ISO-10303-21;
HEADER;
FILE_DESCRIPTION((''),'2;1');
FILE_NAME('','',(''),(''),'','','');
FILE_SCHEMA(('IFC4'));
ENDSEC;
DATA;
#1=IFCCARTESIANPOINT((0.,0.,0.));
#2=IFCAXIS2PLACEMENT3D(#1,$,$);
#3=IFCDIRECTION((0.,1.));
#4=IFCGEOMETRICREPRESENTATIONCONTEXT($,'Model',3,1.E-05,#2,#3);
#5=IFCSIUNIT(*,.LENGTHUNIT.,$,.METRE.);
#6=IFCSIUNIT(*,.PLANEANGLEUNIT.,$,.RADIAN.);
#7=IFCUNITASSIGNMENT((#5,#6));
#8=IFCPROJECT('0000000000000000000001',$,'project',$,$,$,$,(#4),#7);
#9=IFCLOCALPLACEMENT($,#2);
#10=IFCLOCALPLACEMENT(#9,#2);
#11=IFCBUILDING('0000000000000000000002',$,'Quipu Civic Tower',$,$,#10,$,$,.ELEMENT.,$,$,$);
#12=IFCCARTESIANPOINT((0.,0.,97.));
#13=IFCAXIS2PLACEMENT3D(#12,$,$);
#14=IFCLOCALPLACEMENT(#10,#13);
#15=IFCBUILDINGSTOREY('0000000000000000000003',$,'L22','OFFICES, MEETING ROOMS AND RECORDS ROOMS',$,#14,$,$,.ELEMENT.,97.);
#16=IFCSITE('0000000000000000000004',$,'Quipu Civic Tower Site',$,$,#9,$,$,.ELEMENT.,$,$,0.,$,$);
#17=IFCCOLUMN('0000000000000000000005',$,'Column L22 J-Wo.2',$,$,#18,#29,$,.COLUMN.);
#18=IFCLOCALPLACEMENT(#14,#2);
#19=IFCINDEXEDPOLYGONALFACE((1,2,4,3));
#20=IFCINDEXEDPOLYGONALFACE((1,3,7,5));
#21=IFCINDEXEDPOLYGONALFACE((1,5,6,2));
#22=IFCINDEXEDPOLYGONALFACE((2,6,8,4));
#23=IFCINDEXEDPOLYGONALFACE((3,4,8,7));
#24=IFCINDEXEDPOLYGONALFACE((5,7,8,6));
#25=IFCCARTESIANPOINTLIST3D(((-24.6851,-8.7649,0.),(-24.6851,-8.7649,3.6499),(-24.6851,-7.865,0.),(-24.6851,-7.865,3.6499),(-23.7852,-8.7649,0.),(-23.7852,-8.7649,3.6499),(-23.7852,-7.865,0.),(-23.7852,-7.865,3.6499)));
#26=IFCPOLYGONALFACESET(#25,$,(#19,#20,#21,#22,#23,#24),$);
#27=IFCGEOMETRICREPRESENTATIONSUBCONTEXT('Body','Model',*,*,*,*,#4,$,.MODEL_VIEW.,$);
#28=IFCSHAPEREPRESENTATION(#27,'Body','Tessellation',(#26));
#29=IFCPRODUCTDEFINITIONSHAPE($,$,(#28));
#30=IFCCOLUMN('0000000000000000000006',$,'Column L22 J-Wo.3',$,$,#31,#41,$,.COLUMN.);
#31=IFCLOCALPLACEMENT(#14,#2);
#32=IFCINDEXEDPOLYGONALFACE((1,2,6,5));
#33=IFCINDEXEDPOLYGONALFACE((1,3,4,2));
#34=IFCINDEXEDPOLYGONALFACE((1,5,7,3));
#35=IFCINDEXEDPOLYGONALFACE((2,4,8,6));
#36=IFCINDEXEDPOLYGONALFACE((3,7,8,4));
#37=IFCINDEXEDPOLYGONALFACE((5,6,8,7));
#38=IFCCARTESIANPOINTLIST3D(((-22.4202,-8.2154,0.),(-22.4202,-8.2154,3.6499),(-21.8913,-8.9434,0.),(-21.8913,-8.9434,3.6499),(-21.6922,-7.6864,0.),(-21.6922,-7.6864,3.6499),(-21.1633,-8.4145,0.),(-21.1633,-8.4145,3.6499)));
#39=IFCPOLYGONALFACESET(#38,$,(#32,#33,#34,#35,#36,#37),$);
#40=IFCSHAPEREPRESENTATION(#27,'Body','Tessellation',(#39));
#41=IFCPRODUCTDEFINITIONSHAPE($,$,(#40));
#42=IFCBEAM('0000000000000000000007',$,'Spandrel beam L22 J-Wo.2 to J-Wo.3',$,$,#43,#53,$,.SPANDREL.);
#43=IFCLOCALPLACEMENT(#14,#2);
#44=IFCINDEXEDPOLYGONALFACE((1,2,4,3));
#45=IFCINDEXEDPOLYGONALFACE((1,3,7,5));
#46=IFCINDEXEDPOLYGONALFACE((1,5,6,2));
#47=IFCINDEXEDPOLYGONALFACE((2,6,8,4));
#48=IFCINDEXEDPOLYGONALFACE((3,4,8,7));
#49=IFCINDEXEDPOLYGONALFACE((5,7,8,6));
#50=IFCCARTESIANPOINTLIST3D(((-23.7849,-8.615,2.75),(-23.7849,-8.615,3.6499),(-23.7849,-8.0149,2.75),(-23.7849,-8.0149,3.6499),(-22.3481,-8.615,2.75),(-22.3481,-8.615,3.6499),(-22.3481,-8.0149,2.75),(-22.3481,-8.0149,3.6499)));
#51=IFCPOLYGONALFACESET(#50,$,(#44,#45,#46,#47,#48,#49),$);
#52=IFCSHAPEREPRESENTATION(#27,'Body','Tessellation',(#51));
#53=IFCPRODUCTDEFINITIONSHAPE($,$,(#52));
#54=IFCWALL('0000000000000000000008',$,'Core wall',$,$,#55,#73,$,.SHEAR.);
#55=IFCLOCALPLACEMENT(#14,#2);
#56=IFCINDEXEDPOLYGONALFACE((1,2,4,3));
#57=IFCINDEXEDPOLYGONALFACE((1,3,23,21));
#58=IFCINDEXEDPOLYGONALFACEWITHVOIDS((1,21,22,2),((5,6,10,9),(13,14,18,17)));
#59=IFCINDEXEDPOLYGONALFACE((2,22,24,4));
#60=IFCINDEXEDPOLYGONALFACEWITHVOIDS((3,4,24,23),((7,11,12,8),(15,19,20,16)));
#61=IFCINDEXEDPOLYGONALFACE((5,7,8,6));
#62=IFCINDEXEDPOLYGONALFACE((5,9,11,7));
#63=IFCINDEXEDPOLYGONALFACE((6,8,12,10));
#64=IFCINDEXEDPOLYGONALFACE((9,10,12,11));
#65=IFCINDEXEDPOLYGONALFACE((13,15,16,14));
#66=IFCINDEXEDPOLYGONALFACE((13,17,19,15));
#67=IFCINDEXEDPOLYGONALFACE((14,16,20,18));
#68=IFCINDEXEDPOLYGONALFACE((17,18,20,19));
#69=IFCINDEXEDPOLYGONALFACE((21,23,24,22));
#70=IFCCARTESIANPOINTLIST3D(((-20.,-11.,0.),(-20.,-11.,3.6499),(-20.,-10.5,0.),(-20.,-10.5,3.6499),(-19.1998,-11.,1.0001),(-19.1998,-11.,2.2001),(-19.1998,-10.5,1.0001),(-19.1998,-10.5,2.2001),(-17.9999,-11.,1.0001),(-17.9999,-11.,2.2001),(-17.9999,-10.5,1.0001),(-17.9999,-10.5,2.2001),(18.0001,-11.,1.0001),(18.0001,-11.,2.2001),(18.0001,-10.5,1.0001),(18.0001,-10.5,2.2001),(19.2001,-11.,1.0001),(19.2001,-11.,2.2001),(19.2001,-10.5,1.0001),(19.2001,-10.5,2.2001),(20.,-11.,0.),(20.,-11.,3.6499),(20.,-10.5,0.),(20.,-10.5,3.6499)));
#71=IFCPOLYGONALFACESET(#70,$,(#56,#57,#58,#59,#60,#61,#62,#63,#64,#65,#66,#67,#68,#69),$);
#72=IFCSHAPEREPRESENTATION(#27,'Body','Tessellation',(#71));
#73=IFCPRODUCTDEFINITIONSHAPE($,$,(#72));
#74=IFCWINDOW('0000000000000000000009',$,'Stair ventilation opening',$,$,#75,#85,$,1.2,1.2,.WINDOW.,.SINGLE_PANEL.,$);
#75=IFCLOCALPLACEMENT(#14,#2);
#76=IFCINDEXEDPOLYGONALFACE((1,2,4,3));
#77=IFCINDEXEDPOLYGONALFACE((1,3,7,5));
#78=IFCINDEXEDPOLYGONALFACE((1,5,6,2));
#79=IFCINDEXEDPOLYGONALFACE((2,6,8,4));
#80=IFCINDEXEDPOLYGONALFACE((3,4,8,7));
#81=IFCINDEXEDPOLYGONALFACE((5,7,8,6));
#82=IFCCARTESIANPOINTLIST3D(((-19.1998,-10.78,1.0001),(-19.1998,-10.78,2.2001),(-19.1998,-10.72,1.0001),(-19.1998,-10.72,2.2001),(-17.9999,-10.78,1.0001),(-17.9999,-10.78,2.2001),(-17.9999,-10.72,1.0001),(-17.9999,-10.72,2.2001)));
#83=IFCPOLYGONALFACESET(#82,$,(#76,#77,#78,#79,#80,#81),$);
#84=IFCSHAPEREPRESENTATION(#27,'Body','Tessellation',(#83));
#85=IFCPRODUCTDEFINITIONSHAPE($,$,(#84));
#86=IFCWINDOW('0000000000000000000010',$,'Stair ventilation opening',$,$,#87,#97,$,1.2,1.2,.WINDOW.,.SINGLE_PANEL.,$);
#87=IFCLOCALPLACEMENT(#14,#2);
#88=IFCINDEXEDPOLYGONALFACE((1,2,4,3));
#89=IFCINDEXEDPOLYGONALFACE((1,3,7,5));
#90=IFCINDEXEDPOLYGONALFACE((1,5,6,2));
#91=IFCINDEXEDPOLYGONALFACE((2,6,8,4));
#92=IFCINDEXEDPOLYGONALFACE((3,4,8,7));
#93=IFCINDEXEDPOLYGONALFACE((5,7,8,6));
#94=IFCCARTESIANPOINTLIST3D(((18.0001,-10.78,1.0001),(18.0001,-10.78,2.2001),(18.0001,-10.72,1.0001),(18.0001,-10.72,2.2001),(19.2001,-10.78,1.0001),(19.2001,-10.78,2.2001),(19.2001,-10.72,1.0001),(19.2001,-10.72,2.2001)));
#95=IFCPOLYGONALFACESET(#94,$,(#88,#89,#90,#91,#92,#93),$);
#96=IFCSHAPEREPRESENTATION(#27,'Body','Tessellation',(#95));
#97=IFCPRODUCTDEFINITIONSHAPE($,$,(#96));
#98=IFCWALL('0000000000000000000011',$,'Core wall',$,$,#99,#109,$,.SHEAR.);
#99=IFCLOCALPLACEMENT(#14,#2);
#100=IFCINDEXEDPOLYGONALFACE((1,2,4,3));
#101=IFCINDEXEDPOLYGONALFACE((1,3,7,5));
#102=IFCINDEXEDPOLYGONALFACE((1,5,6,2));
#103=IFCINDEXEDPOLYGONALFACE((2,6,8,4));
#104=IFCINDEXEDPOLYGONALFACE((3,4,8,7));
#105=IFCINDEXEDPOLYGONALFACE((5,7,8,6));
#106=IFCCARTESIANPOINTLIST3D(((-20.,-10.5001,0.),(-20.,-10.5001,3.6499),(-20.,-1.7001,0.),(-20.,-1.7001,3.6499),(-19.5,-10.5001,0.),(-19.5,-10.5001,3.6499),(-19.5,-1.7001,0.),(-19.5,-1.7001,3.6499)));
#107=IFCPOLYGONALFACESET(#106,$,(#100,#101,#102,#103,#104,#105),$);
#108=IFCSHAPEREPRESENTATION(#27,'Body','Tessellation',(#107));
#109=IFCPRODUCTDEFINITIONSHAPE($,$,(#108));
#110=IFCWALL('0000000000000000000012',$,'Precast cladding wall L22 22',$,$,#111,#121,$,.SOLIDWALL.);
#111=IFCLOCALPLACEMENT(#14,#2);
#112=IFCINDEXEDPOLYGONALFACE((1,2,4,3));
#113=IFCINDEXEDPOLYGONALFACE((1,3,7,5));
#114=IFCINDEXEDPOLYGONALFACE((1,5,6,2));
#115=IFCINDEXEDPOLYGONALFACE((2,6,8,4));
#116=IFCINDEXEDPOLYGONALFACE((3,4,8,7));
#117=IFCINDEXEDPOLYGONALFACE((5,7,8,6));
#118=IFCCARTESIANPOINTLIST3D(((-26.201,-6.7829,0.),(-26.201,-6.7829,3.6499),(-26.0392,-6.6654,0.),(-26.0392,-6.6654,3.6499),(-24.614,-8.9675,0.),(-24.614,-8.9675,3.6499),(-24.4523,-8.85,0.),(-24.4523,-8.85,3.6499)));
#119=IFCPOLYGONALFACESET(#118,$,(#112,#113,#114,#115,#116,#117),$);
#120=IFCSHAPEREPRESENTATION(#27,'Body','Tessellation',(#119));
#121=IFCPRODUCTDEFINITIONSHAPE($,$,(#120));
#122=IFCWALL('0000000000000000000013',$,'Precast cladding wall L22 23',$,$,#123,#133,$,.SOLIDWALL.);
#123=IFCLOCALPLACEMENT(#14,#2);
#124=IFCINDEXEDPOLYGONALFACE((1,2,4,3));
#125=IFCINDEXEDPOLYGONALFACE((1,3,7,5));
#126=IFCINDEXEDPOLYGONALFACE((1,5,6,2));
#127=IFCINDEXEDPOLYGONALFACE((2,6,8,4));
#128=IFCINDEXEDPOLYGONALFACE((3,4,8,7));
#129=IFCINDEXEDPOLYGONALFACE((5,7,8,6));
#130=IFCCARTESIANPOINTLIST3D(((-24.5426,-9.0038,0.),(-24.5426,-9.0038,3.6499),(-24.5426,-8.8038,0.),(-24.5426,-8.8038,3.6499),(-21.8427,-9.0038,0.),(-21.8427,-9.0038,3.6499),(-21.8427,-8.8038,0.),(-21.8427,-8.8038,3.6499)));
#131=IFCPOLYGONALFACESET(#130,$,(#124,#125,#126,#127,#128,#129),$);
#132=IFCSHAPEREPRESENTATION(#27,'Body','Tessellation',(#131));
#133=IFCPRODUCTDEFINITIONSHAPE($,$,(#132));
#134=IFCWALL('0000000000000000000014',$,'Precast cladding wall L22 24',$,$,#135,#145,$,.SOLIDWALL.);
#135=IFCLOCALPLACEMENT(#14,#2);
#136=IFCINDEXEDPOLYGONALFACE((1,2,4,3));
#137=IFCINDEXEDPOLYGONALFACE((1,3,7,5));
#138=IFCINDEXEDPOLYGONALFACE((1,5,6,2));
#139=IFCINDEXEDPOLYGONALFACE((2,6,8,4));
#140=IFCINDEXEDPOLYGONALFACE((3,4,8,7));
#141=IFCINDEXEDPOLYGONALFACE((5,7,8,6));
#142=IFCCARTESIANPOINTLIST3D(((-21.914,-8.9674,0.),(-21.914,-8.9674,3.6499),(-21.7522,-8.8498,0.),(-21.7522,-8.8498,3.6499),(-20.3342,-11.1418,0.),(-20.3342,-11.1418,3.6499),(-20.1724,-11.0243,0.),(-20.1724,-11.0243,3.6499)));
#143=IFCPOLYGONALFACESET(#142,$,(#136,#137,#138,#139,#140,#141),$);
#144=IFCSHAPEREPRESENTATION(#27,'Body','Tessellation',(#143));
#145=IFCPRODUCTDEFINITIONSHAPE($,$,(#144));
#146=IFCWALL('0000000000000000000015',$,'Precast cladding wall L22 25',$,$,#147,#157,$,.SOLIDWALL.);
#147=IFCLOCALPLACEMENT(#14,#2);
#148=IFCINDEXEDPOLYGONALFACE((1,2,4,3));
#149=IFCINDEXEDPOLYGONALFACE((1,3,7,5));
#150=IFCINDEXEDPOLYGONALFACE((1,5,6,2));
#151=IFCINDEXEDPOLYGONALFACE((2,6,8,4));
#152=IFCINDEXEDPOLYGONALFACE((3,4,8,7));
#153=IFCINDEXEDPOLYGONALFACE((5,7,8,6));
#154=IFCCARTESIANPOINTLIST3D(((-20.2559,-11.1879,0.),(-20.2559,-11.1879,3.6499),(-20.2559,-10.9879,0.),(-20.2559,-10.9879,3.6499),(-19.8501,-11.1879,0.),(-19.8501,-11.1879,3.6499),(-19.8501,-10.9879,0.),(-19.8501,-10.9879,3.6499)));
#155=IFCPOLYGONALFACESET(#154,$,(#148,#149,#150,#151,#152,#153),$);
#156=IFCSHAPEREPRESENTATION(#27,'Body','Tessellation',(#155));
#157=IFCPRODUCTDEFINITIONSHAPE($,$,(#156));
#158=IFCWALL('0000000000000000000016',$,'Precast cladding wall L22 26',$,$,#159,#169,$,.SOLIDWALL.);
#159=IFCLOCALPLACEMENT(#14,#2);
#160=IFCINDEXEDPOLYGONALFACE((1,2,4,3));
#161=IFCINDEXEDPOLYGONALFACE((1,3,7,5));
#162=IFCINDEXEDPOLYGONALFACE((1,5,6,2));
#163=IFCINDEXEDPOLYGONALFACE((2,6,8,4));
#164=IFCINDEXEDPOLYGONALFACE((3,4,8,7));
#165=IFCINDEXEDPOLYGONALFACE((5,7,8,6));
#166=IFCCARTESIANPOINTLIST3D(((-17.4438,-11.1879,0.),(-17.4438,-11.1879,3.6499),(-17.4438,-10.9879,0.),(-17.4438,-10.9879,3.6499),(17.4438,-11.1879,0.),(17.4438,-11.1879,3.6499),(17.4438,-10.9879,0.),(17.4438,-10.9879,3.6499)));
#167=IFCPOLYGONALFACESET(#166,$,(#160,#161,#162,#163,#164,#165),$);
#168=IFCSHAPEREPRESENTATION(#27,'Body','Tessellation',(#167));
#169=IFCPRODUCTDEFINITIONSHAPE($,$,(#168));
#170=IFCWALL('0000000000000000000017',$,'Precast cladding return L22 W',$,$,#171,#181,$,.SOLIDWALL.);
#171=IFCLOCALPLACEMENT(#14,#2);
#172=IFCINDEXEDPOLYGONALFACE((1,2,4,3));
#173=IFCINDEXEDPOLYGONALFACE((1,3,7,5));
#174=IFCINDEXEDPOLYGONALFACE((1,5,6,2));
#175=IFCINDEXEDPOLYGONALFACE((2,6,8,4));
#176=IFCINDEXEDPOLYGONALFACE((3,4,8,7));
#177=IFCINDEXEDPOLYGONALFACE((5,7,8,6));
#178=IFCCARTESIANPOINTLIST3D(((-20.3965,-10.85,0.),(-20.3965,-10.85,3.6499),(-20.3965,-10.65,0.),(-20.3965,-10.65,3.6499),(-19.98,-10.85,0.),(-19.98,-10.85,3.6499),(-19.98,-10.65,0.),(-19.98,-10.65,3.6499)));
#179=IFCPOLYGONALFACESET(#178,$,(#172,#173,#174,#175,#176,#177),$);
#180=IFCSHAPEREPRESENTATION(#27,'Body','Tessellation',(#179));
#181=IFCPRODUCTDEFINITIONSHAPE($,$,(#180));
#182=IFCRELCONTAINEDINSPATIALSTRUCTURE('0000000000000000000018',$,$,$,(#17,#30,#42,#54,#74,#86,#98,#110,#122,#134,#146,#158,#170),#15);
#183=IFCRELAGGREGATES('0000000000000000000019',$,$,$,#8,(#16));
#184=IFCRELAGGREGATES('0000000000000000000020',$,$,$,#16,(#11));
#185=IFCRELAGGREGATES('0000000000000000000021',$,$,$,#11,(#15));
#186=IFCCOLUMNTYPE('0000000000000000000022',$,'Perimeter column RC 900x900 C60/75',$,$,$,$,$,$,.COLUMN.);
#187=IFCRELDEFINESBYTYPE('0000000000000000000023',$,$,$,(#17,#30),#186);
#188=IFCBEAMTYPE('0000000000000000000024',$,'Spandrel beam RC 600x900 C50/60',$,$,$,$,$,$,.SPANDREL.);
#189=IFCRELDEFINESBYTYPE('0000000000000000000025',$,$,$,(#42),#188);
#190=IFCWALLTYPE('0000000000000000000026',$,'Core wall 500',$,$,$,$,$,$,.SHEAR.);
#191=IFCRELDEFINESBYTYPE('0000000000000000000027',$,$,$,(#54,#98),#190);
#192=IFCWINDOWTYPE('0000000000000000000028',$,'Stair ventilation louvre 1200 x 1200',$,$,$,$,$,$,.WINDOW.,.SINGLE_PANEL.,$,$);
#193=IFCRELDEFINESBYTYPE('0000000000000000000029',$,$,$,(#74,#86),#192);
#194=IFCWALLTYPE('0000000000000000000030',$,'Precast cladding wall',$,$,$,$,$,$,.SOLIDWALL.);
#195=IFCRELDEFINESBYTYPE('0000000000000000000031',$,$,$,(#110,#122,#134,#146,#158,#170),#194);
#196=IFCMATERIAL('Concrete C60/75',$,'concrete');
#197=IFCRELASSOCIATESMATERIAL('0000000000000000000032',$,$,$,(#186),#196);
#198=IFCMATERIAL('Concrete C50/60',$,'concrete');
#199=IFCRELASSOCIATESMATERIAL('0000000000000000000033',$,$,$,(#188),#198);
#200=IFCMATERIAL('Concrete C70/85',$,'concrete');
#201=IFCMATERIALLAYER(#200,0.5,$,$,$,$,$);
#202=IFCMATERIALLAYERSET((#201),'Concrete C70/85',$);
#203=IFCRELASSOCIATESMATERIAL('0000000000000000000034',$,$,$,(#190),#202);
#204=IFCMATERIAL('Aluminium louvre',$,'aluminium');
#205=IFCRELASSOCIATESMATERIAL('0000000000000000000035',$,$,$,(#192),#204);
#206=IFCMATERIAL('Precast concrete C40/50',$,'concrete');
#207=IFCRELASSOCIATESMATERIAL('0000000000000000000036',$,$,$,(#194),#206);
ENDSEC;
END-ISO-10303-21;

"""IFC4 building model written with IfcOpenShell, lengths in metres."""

from ifc_helpers import new_model, si_unit, direction, frame, frame_2d, origin, origin_2d, place, context, subcontext, project, spatial, rectangle, extrude, material, layer, layer_set, material_profile, profile_set, type_object, element, fill, save


model = new_model("IFC4")

# Units and contexts
model_context = context("Model", 3, precision=1e-05, world=origin(), true_north=direction((0.0, 1.0)))
body_context = subcontext(model_context, "Body", "Model", "MODEL_VIEW")
ifc_project = project(units=[si_unit("LENGTHUNIT", "METRE"), si_unit("PLANEANGLEUNIT", "RADIAN")], contexts=[model_context])

# Site, building, storey
site_placement = place(None, origin())
site = spatial("IfcSite", under=ifc_project, at=site_placement, Name="Quipu Civic Tower Site", CompositionType="ELEMENT", RefElevation=0.0)
building_placement = place(site_placement, origin())
building = spatial("IfcBuilding", under=site, at=building_placement, Name="Quipu Civic Tower", CompositionType="ELEMENT")
storey_placement = place(building_placement, frame((0.0, 0.0, 97.0)))
storey = spatial("IfcBuildingStorey", under=building, at=storey_placement, Name="L22", Description="OFFICES, MEETING ROOMS AND RECORDS ROOMS", CompositionType="ELEMENT", Elevation=97.0)

# Columns
ifc_material_1 = material(Name="Concrete C60/75", Category="concrete")
ifc_material_profile_1 = material_profile(ifc_material_1, rectangle(XDim=0.8999, YDim=0.8999, at=origin_2d()), Name="RC900x900")
ifc_profile_set_1 = profile_set([ifc_material_profile_1], Name="Concrete C60/75")
column_type = type_object("IfcColumnType", Name="Perimeter column RC 900x900 C60/75", PredefinedType="COLUMN", material=ifc_profile_set_1)
for number, where, z_axis, x_axis, name in (
    (1, (-24.2351, -8.3149, 0.0), (0.0, 0.0, 1.0), (1.0, 0.0, 0.0), "Column L22 J-Wo.2"),
    (2, (-21.7917, -8.3149, 0.0), (0.0, 0.0, 1.0), (0.587785, -0.809017, 0.0), "Column L22 J-Wo.3"),
):
    element("IfcColumn", number, at=place(storey_placement, frame(where, z_axis=z_axis, x_axis=x_axis)), inside=storey, type_object=column_type, Name=name, PredefinedType="COLUMN", context=body_context, shape_type="SweptSolid", body=[
        extrude(rectangle(XDim=0.8999, YDim=0.8999, at=origin_2d()), origin(), (0.0, 0.0, 1.0), 3.6499),
    ])

# Beam
ifc_material_2 = material(Name="Concrete C50/60", Category="concrete")
ifc_material_profile_2 = material_profile(ifc_material_2, rectangle(XDim=0.6001, YDim=0.8999, at=origin_2d()), Name="RC600x900")
ifc_profile_set_2 = profile_set([ifc_material_profile_2], Name="Concrete C50/60")
beam_type = type_object("IfcBeamType", Name="Spandrel beam RC 600x900 C50/60", PredefinedType="SPANDREL", material=ifc_profile_set_2)
beam_placement = place(storey_placement, frame((-23.7849, -8.3149, 3.2), z_axis=(1.0, 0.0, 0.0), x_axis=(0.0, 1.0, 0.0)))
element("IfcBeam", 3, at=beam_placement, inside=storey, type_object=beam_type, Name="Spandrel beam L22 J-Wo.2 to J-Wo.3", PredefinedType="SPANDREL", context=body_context, shape_type="SweptSolid", body=[
    extrude(rectangle(XDim=0.6001, YDim=0.8999, at=origin_2d()), origin(), (0.0, 0.0, 1.0), 1.4368),
])

# Wall, openings, windows
ifc_material_3 = material(Name="Concrete C70/85", Category="concrete")
ifc_layer = layer(ifc_material_3, 0.5)
ifc_layer_set = layer_set([ifc_layer], Name="Concrete C70/85")
wall_type_1 = type_object("IfcWallType", Name="Core wall 500", PredefinedType="SHEAR", material=ifc_layer_set)
wall_1_placement = place(storey_placement, frame((-20.0, -10.75, 0.0), z_axis=(0.0, 0.0, 1.0), x_axis=(1.0, 0.0, 0.0)))
wall_1 = element("IfcWall", 4, at=wall_1_placement, inside=storey, type_object=wall_type_1, Name="Core wall", PredefinedType="SHEAR", context=body_context, shape_type="SweptSolid", body=[
    extrude(rectangle(XDim=40.0, YDim=0.5, at=frame_2d((20.0, 0.0))), origin(), (0.0, 0.0, 1.0), 3.6499),
])
opening_1_placement = place(wall_1_placement, frame((0.8, 0.0, 1.0)))
opening_1 = element("IfcOpeningElement", 5, at=opening_1_placement, cuts=wall_1, PredefinedType="OPENING", context=body_context, shape_type="SweptSolid", body=[
    extrude(rectangle(XDim=1.2, YDim=1.2, at=frame_2d((0.6001, 0.6001))), frame((0.0, 0.26, 0.0), z_axis=(0.0, -1.0, 0.0), x_axis=(1.0, 0.0, 0.0)), (0.0, 0.0, 1.0), 0.52),
])
opening_2_placement = place(wall_1_placement, frame((38.0, 0.0, 1.0)))
opening_2 = element("IfcOpeningElement", 6, at=opening_2_placement, cuts=wall_1, PredefinedType="OPENING", context=body_context, shape_type="SweptSolid", body=[
    extrude(rectangle(XDim=1.2, YDim=1.2, at=frame_2d((0.6001, 0.6001))), frame((0.0, 0.26, 0.0), z_axis=(0.0, -1.0, 0.0), x_axis=(1.0, 0.0, 0.0)), (0.0, 0.0, 1.0), 0.52),
])
ifc_material_4 = material(Name="Aluminium louvre", Category="aluminium")
window_type = type_object("IfcWindowType", Name="Stair ventilation louvre 1200 x 1200", PartitioningType="SINGLE_PANEL", PredefinedType="WINDOW", material=ifc_material_4)
window_1_placement = place(opening_1_placement, origin())
window_1 = element("IfcWindow", 7, at=window_1_placement, inside=storey, type_object=window_type, Name="Stair ventilation opening", OverallHeight=1.2, OverallWidth=1.2, PartitioningType="SINGLE_PANEL", PredefinedType="WINDOW", context=body_context, shape_type="SweptSolid", body=[
    extrude(rectangle(XDim=1.2, YDim=1.2, at=frame_2d((0.6001, 0.6001))), frame((0.0, 0.03, 0.0), z_axis=(0.0, -1.0, 0.0), x_axis=(1.0, 0.0, 0.0)), (0.0, 0.0, 1.0), 0.0601),
])
fill(opening_1, window_1)
window_2_placement = place(opening_2_placement, origin())
window_2 = element("IfcWindow", 8, at=window_2_placement, inside=storey, type_object=window_type, Name="Stair ventilation opening", OverallHeight=1.2, OverallWidth=1.2, PartitioningType="SINGLE_PANEL", PredefinedType="WINDOW", context=body_context, shape_type="SweptSolid", body=[
    extrude(rectangle(XDim=1.2, YDim=1.2, at=frame_2d((0.6001, 0.6001))), frame((0.0, 0.03, 0.0), z_axis=(0.0, -1.0, 0.0), x_axis=(1.0, 0.0, 0.0)), (0.0, 0.0, 1.0), 0.0601),
])
fill(opening_2, window_2)

# Walls
wall_2_placement = place(storey_placement, frame((-19.75, -10.5, 0.0), z_axis=(0.0, 0.0, 1.0), x_axis=(0.0, 1.0, 0.0)))
element("IfcWall", 9, at=wall_2_placement, inside=storey, type_object=wall_type_1, Name="Core wall", PredefinedType="SHEAR", context=body_context, shape_type="SweptSolid", body=[
    extrude(rectangle(XDim=8.8, YDim=0.5, at=frame_2d((4.3999, 0.0))), origin(), (0.0, 0.0, 1.0), 3.6499),
])
ifc_material_5 = material(Name="Precast concrete C40/50", Category="concrete")
wall_type_2 = type_object("IfcWallType", Name="Precast cladding wall", PredefinedType="SOLIDWALL", material=ifc_material_5)
wall_3_placement = place(storey_placement, frame((-26.1201, -6.7241, 0.0), z_axis=(0.0, 0.0, 1.0), x_axis=(0.58772, -0.809064, 0.0)))
element("IfcWall", 10, at=wall_3_placement, inside=storey, type_object=wall_type_2, Name="Precast cladding wall L22 22", PredefinedType="SOLIDWALL", context=body_context, shape_type="SweptSolid", body=[
    extrude(rectangle(XDim=2.7002, YDim=0.2, at=frame_2d((1.3501, 0.0))), origin(), (0.0, 0.0, 1.0), 3.6499),
])
wall_4_placement = place(storey_placement, frame((-24.5427, -8.9038, 0.0), z_axis=(0.0, 0.0, 1.0), x_axis=(1.0, 0.0, 0.0)))
element("IfcWall", 11, at=wall_4_placement, inside=storey, type_object=wall_type_2, Name="Precast cladding wall L22 23", PredefinedType="SOLIDWALL", context=body_context, shape_type="SweptSolid", body=[
    extrude(rectangle(XDim=2.7, YDim=0.2, at=frame_2d((1.3501, 0.0))), origin(), (0.0, 0.0, 1.0), 3.6499),
])
wall_5_placement = place(storey_placement, frame((-21.833, -8.9087, 0.0), z_axis=(0.0, 0.0, 1.0), x_axis=(0.587767, -0.809031, 0.0)))
element("IfcWall", 12, at=wall_5_placement, inside=storey, type_object=wall_type_2, Name="Precast cladding wall L22 24", PredefinedType="SOLIDWALL", context=body_context, shape_type="SweptSolid", body=[
    extrude(rectangle(XDim=2.6877, YDim=0.2, at=frame_2d((1.3438, 0.0))), origin(), (0.0, 0.0, 1.0), 3.6499),
])
wall_6_placement = place(storey_placement, frame((-20.2559, -11.0879, 0.0), z_axis=(0.0, 0.0, 1.0), x_axis=(1.0, 0.0, 0.0)))
element("IfcWall", 13, at=wall_6_placement, inside=storey, type_object=wall_type_2, Name="Precast cladding wall L22 25", PredefinedType="SOLIDWALL", context=body_context, shape_type="SweptSolid", body=[
    extrude(rectangle(XDim=0.4058, YDim=0.2, at=frame_2d((0.2029, 0.0))), origin(), (0.0, 0.0, 1.0), 3.6499),
])
wall_7_placement = place(storey_placement, frame((-17.4438, -11.0879, 0.0), z_axis=(0.0, 0.0, 1.0), x_axis=(1.0, 0.0, 0.0)))
element("IfcWall", 14, at=wall_7_placement, inside=storey, type_object=wall_type_2, Name="Precast cladding wall L22 26", PredefinedType="SOLIDWALL", context=body_context, shape_type="SweptSolid", body=[
    extrude(rectangle(XDim=34.8877, YDim=0.2, at=frame_2d((17.4438, 0.0))), origin(), (0.0, 0.0, 1.0), 3.6499),
])
wall_8_placement = place(storey_placement, frame((-19.98, -10.75, 0.0), z_axis=(0.0, 0.0, 1.0), x_axis=(-1.0, 0.0, 0.0)))
element("IfcWall", 15, at=wall_8_placement, inside=storey, type_object=wall_type_2, Name="Precast cladding return L22 W", PredefinedType="SOLIDWALL", context=body_context, shape_type="SweptSolid", body=[
    extrude(rectangle(XDim=0.4165, YDim=0.2, at=frame_2d((0.2083, 0.0))), origin(), (0.0, 0.0, 1.0), 3.6499),
])

save(model, "model.ifc")
